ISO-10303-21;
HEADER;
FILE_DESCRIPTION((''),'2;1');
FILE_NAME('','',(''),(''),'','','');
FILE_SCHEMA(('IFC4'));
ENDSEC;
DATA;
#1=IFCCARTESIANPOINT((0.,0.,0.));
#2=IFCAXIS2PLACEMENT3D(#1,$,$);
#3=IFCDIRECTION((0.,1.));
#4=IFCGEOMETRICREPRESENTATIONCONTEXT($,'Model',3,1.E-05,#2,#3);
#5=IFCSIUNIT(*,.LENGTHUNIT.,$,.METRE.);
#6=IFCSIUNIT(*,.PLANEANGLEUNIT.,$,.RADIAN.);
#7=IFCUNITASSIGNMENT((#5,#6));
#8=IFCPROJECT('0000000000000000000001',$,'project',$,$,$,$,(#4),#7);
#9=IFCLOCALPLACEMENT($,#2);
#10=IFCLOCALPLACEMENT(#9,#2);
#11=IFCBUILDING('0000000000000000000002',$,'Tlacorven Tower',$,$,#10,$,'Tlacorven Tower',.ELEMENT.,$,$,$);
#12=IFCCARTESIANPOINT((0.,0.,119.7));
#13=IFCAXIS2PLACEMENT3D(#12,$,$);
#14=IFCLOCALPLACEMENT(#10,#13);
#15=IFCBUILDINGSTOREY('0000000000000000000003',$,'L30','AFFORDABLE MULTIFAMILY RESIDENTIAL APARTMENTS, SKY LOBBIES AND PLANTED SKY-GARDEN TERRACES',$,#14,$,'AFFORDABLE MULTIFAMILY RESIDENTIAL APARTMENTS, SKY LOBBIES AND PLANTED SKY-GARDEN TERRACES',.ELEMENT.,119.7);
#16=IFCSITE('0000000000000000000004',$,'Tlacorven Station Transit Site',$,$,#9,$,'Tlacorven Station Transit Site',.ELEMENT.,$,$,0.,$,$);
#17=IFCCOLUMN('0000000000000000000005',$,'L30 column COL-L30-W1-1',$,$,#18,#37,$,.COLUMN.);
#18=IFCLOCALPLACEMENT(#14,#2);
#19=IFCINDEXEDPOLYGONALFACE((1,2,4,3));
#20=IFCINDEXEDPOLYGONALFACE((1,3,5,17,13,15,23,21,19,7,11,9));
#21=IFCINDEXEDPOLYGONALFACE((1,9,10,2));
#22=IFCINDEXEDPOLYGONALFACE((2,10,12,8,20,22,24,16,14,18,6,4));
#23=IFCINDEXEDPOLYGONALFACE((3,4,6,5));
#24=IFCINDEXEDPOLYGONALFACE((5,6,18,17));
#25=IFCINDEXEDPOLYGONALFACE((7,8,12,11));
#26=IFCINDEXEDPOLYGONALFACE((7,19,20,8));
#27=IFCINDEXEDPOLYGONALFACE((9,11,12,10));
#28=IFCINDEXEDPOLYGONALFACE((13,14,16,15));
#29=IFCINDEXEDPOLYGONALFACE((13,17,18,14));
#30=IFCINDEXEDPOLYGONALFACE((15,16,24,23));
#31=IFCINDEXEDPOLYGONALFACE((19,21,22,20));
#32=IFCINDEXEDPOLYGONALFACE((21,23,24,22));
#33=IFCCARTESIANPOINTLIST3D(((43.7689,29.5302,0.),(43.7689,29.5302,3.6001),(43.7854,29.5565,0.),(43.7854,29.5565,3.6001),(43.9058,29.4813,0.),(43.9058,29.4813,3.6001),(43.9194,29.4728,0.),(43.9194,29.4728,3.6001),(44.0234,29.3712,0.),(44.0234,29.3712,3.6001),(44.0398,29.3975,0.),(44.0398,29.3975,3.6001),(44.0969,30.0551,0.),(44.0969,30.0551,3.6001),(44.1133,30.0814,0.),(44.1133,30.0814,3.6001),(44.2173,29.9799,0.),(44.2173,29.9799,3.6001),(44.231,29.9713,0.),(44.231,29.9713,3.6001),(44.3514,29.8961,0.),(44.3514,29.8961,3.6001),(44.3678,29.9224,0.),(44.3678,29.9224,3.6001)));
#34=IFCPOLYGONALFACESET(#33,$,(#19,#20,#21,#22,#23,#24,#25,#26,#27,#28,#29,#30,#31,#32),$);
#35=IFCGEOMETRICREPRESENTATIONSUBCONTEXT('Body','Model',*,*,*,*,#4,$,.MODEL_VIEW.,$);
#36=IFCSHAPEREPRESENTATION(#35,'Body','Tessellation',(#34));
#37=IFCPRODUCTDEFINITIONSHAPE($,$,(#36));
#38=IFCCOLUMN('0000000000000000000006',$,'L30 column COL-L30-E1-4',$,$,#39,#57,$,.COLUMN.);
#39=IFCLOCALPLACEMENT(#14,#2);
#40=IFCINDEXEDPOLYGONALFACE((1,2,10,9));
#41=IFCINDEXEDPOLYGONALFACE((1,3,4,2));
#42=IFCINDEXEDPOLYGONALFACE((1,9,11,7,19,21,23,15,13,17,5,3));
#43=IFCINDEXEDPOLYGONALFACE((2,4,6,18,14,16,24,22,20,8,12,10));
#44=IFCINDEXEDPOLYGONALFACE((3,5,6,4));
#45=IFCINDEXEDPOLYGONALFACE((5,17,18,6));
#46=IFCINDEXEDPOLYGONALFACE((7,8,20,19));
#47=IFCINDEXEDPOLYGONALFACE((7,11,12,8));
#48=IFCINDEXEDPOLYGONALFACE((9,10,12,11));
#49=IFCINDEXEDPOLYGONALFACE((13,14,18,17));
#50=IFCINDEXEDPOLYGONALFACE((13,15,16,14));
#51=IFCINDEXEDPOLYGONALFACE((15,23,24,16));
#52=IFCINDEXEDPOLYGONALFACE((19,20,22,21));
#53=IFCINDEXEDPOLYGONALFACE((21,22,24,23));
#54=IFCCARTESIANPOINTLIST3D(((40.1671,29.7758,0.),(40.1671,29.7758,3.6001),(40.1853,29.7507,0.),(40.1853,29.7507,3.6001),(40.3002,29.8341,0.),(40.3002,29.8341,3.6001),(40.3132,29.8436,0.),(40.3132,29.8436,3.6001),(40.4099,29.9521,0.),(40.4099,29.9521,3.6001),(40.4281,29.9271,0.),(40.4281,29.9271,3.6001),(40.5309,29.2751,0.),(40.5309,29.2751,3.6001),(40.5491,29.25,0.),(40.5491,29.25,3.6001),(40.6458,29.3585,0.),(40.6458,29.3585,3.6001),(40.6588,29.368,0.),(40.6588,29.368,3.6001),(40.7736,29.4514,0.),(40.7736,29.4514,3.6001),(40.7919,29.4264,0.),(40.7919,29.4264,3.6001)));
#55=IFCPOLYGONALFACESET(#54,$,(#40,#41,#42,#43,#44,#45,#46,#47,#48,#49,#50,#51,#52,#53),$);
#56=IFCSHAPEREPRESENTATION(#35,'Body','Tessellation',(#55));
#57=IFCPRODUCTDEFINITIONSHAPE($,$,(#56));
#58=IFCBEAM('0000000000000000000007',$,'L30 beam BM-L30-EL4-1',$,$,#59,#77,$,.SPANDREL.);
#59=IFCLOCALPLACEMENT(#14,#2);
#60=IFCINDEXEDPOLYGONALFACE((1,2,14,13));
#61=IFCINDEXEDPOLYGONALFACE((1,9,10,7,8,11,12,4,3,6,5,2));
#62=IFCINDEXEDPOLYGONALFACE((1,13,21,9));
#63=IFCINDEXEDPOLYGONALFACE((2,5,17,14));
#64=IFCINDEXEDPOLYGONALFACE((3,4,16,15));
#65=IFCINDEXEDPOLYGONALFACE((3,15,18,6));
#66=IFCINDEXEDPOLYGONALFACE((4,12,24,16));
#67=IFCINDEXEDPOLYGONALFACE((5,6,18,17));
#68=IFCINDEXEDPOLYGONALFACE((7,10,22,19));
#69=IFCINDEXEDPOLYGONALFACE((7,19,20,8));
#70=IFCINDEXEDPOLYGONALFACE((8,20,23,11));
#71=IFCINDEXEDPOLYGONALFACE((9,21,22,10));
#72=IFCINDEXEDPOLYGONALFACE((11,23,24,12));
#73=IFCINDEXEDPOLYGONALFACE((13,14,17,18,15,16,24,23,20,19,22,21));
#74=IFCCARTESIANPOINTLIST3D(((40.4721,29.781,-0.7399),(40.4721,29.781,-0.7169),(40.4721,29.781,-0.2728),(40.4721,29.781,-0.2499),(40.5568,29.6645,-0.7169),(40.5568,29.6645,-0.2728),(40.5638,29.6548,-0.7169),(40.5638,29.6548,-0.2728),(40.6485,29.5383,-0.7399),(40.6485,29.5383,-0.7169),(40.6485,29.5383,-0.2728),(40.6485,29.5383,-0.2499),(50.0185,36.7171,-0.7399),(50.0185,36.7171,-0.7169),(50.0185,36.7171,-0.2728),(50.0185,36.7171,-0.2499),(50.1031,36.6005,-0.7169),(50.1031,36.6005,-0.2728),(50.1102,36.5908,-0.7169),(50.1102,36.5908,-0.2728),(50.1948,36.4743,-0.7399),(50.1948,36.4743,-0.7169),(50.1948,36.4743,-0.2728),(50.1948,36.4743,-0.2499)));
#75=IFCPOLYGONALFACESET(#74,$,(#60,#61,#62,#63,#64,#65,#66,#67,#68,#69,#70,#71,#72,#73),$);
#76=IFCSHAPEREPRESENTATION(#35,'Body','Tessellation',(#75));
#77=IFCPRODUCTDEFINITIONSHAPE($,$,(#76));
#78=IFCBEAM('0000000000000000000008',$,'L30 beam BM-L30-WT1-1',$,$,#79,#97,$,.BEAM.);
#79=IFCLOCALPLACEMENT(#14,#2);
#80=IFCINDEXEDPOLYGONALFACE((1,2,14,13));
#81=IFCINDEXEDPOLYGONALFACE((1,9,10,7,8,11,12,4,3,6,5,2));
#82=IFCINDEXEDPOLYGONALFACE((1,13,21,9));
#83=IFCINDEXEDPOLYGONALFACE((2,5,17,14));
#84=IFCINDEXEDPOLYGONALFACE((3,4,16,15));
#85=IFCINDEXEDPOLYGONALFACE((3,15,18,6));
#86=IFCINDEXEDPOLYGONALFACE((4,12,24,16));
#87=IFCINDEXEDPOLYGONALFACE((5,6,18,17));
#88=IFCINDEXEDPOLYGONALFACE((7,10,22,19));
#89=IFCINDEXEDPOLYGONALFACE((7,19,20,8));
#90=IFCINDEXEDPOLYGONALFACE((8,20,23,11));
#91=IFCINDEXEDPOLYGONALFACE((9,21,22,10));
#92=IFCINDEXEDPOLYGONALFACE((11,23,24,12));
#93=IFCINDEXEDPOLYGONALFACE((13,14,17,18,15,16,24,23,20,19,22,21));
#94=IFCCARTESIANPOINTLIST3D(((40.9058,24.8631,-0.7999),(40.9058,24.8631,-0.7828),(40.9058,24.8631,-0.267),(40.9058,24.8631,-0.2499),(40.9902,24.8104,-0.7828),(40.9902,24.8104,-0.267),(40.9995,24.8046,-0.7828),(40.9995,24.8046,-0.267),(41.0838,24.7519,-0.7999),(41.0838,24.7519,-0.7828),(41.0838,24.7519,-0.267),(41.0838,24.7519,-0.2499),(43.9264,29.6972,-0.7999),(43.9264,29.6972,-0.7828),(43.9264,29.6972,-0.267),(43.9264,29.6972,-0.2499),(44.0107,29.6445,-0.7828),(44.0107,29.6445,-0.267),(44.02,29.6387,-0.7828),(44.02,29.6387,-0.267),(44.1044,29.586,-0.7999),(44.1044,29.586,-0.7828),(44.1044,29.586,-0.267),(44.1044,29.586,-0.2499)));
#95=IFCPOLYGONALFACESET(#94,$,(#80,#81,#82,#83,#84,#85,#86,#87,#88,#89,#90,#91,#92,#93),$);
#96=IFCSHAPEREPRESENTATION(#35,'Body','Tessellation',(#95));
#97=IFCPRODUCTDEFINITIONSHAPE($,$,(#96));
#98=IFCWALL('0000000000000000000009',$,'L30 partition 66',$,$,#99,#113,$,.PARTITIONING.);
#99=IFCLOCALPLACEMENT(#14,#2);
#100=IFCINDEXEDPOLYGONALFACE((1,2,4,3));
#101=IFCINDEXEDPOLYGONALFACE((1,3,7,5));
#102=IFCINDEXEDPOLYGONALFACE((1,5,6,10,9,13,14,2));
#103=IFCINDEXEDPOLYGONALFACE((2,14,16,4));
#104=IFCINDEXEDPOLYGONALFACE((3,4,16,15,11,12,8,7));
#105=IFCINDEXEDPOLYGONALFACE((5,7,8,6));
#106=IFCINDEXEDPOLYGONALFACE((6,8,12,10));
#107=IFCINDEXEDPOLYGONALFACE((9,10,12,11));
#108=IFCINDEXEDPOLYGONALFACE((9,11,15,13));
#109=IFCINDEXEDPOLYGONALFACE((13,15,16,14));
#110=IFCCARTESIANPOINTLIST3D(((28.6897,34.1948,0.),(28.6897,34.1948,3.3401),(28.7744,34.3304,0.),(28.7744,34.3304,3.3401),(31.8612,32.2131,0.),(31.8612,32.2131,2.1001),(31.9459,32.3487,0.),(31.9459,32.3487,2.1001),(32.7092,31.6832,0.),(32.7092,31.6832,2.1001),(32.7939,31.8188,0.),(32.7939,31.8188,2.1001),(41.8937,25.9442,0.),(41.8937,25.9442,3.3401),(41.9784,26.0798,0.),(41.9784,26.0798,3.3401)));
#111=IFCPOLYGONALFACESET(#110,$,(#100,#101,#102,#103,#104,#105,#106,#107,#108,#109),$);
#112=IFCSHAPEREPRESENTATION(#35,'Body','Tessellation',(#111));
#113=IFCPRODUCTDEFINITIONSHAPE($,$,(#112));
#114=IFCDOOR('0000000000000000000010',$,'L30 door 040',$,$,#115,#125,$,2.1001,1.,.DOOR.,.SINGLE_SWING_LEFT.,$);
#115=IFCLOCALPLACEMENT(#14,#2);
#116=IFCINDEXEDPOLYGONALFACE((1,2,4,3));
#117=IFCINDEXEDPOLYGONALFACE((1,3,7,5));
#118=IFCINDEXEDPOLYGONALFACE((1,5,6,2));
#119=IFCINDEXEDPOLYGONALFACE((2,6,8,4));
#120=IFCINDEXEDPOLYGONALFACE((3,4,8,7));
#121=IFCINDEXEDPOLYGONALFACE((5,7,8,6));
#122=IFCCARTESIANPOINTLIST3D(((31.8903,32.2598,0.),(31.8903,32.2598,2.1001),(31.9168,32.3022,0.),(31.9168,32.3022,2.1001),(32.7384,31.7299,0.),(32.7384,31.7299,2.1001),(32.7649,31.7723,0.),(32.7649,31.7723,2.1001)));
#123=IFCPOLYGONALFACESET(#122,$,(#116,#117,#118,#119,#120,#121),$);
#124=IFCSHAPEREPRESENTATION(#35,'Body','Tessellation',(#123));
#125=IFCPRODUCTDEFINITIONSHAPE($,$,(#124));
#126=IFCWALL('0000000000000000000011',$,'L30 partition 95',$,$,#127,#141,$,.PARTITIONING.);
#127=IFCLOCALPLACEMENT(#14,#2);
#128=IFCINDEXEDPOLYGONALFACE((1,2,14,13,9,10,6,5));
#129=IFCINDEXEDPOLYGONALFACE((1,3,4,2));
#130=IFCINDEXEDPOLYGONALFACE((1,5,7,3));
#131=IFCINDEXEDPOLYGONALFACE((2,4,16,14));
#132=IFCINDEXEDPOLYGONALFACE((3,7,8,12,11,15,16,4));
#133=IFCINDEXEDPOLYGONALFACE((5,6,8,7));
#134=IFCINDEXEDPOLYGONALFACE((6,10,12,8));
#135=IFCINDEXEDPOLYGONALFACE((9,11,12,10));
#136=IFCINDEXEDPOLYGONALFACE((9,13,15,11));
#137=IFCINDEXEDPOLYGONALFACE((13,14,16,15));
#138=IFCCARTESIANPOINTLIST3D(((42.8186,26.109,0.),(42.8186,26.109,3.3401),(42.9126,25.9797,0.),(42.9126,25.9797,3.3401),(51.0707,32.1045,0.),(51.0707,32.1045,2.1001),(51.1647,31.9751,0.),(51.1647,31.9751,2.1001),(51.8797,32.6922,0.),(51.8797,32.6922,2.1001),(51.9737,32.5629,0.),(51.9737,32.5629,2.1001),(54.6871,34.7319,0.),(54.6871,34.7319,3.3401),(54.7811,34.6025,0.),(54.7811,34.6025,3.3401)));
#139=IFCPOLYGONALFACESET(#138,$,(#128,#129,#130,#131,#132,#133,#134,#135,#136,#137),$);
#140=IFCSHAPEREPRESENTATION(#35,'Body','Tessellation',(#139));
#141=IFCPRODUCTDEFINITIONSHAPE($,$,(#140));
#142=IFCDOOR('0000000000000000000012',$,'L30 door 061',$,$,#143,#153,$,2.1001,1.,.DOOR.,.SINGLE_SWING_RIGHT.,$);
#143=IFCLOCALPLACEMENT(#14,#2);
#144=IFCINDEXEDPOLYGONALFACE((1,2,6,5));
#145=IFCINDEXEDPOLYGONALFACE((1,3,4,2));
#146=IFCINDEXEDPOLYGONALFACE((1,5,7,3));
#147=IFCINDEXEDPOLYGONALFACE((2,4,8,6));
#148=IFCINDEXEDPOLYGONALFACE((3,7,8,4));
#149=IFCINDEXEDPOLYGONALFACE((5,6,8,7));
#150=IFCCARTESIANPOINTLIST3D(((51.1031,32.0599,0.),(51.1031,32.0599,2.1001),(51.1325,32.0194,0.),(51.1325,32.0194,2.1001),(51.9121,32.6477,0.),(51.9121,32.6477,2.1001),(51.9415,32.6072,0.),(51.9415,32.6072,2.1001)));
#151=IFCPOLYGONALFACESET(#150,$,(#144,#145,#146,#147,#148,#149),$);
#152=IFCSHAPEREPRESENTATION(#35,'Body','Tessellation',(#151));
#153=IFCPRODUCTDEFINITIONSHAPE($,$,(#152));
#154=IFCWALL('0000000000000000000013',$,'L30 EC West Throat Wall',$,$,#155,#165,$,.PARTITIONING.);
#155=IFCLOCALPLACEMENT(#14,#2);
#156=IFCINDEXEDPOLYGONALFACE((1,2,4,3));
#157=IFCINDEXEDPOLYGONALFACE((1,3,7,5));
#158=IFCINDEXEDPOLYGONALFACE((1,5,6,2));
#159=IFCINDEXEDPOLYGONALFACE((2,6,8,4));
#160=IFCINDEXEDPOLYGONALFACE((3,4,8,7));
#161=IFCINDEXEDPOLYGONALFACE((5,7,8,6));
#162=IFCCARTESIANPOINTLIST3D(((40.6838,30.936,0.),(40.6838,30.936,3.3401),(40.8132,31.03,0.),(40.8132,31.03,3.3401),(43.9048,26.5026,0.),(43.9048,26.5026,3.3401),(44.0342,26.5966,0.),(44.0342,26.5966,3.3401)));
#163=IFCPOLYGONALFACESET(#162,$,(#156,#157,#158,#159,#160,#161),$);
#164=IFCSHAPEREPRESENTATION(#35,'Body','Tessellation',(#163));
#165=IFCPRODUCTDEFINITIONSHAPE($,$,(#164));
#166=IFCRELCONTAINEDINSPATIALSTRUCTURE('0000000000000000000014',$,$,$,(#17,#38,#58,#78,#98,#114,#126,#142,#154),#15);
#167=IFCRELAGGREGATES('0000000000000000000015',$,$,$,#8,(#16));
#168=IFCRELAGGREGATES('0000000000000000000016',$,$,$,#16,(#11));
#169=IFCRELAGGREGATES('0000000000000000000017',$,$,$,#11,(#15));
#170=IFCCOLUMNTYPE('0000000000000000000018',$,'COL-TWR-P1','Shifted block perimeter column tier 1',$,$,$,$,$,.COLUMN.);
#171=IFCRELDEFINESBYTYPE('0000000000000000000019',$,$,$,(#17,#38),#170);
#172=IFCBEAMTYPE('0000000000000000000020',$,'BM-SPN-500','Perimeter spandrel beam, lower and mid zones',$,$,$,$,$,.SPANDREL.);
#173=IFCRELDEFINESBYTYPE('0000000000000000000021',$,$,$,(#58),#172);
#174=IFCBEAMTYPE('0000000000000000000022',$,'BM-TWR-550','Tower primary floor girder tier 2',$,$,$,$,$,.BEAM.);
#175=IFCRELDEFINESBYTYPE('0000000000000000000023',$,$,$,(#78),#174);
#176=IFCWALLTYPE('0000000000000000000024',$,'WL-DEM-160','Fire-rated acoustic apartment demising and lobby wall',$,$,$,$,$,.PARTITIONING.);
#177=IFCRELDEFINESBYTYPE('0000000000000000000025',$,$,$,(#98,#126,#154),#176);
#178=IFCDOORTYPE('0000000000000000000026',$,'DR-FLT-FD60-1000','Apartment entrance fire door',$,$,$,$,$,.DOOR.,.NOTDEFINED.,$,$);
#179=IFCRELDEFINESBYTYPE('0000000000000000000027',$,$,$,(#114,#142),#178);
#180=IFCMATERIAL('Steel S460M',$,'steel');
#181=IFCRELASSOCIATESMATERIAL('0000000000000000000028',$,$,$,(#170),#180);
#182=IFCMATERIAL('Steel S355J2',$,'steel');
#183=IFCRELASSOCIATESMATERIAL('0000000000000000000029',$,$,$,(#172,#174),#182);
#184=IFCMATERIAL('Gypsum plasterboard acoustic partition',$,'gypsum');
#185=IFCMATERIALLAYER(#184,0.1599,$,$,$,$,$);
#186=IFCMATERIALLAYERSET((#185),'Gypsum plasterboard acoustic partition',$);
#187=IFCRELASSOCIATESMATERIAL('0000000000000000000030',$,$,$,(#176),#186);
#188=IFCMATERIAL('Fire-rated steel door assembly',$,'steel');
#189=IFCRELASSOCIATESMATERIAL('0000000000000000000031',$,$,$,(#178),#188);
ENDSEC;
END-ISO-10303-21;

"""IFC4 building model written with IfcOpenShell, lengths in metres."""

from ifc_helpers import new_model, si_unit, direction, frame, frame_2d, origin, origin_2d, place, context, subcontext, project, spatial, rectangle, i_section, extrude, source, transform, mapped, material, layer, layer_set, material_profile, profile_set, type_object, element, fill, save


model = new_model("IFC4")

# Units and contexts
model_context = context("Model", 3, precision=1e-05, world=origin(), true_north=direction((0.0, 1.0)))
body_context = subcontext(model_context, "Body", "Model", "MODEL_VIEW")
ifc_project = project(units=[si_unit("LENGTHUNIT", "METRE"), si_unit("PLANEANGLEUNIT", "RADIAN")], contexts=[model_context])

# Site, building, storey
site_placement = place(None, origin())
site = spatial("IfcSite", under=ifc_project, at=site_placement, Name="Tlacorven Station Transit Site", LongName="Tlacorven Station Transit Site", CompositionType="ELEMENT", RefElevation=0.0)
building_placement = place(site_placement, origin())
building = spatial("IfcBuilding", under=site, at=building_placement, Name="Tlacorven Tower", LongName="Tlacorven Tower", CompositionType="ELEMENT")
storey_placement = place(building_placement, frame((0.0, 0.0, 119.7)))
storey = spatial("IfcBuildingStorey", under=building, at=storey_placement, Name="L30", Description="AFFORDABLE MULTIFAMILY RESIDENTIAL APARTMENTS, SKY LOBBIES AND PLANTED SKY-GARDEN TERRACES", LongName="AFFORDABLE MULTIFAMILY RESIDENTIAL APARTMENTS, SKY LOBBIES AND PLANTED SKY-GARDEN TERRACES", CompositionType="ELEMENT", Elevation=119.7)

# Columns
ifc_material_1 = material(Name="Steel S460M", Category="steel")
ifc_material_profile_1 = material_profile(ifc_material_1, i_section(OverallWidth=0.3, OverallDepth=0.6499, WebThickness=0.0161, FlangeThickness=0.031, at=origin_2d()), Name="HEB 650")
ifc_profile_set_1 = profile_set([ifc_material_profile_1], Name="Steel S460M")
column_type = type_object("IfcColumnType", Name="COL-TWR-P1", Description="Shifted block perimeter column tier 1", PredefinedType="COLUMN", material=ifc_profile_set_1)
shared_shape_1 = source(origin(), body_context, "Body", "SweptSolid", [
    extrude(i_section(OverallWidth=0.3, OverallDepth=0.6499, WebThickness=0.0161, FlangeThickness=0.031, at=origin_2d()), origin(), (0.0, 0.0, 1.0), 3.6001),
])
for number, where, z_axis, x_axis, name in (
    (1, (44.0684, 29.7263, 0.0), (0.0, 0.0, 1.0), (-0.848048, 0.529919, 0.0), "L30 column COL-L30-W1-1"),
    (2, (40.4795, 29.6011, 0.0), (0.0, 0.0, 1.0), (0.809017, 0.587785, 0.0), "L30 column COL-L30-E1-4"),
):
    element("IfcColumn", number, at=place(storey_placement, frame(where, z_axis=z_axis, x_axis=x_axis)), inside=storey, type_object=column_type, Name=name, PredefinedType="COLUMN", context=body_context, shape_type="MappedRepresentation", body=[
        mapped(shared_shape_1, transform((0.0, 0.0, 0.0), scale=1.0)),
    ])

# Beams
ifc_material_2 = material(Name="Steel S355J2", Category="steel")
ifc_material_profile_2 = material_profile(ifc_material_2, i_section(OverallWidth=0.3, OverallDepth=0.49, WebThickness=0.012, FlangeThickness=0.0229, at=origin_2d()), Name="HEA 500")
ifc_profile_set_2 = profile_set([ifc_material_profile_2], Name="Steel S355J2")
beam_type_1 = type_object("IfcBeamType", Name="BM-SPN-500", Description="Perimeter spandrel beam, lower and mid zones", PredefinedType="SPANDREL", material=ifc_profile_set_2)
shared_shape_2 = source(origin(), body_context, "Body", "SweptSolid", [
    extrude(i_section(OverallWidth=0.3, OverallDepth=0.49, WebThickness=0.012, FlangeThickness=0.0229, at=origin_2d()), origin(), (0.0, 0.0, 1.0), 11.8),
])
beam_1_placement = place(storey_placement, frame((40.5603, 29.6597, -0.4949), z_axis=(0.80901, 0.587795, 0.0), x_axis=(-0.587795, 0.80901, 0.0)))
element("IfcBeam", 3, at=beam_1_placement, inside=storey, type_object=beam_type_1, Name="L30 beam BM-L30-EL4-1", PredefinedType="SPANDREL", context=body_context, shape_type="MappedRepresentation", body=[
    mapped(shared_shape_2, transform((0.0, 0.0, 0.0), scale=1.0)),
])
ifc_material_profile_3 = material_profile(ifc_material_2, i_section(OverallWidth=0.21, OverallDepth=0.55, WebThickness=0.011, FlangeThickness=0.0171, at=origin_2d()), Name="IPE 550")
ifc_profile_set_3 = profile_set([ifc_material_profile_3], Name="Steel S355J2")
beam_type_2 = type_object("IfcBeamType", Name="BM-TWR-550", Description="Tower primary floor girder tier 2", PredefinedType="BEAM", material=ifc_profile_set_3)
shared_shape_3 = source(origin(), body_context, "Body", "SweptSolid", [
    extrude(i_section(OverallWidth=0.21, OverallDepth=0.55, WebThickness=0.011, FlangeThickness=0.0171, at=origin_2d()), origin(), (0.0, 0.0, 1.0), 5.7002),
])
beam_2_placement = place(storey_placement, frame((44.0154, 29.6416, -0.5249), z_axis=(-0.529907, -0.848056, 0.0), x_axis=(0.848056, -0.529907, 0.0)))
element("IfcBeam", 4, at=beam_2_placement, inside=storey, type_object=beam_type_2, Name="L30 beam BM-L30-WT1-1", PredefinedType="BEAM", context=body_context, shape_type="MappedRepresentation", body=[
    mapped(shared_shape_3, transform((0.0, 0.0, 0.0), scale=1.0)),
])

# Walls, openings, doors
ifc_material_3 = material(Name="Gypsum plasterboard acoustic partition", Category="gypsum")
ifc_layer_1 = layer(ifc_material_3, 0.1599)
ifc_layer_set_1 = layer_set([ifc_layer_1], Name="Gypsum plasterboard acoustic partition")
wall_type_1 = type_object("IfcWallType", Name="WL-DEM-160", Description="Fire-rated acoustic apartment demising and lobby wall", PredefinedType="PARTITIONING", material=ifc_layer_set_1)
wall_1_placement = place(storey_placement, frame((41.936, 26.012, 0.0), z_axis=(0.0, 0.0, 1.0), x_axis=(-0.848051, 0.529914, 0.0)))
wall_1 = element("IfcWall", 5, at=wall_1_placement, inside=storey, type_object=wall_type_1, Name="L30 partition 66", PredefinedType="PARTITIONING", context=body_context, shape_type="SweptSolid", body=[
    extrude(rectangle(XDim=15.5698, YDim=0.1599, at=frame_2d((7.7849, 0.0))), origin(), (0.0, 0.0, 1.0), 3.3401),
])
opening_1_placement = place(wall_1_placement, frame((10.8301, 0.0, 0.0)))
opening_1 = element("IfcOpeningElement", 6, at=opening_1_placement, cuts=wall_1, PredefinedType="OPENING", context=body_context, shape_type="SweptSolid", body=[
    extrude(rectangle(XDim=1.0, YDim=2.1001, at=frame_2d((0.5, 1.05))), frame((0.0, 0.0898, 0.0), z_axis=(0.0, -1.0, 0.0), x_axis=(1.0, 0.0, 0.0)), (0.0, 0.0, 1.0), 0.1799),
])
ifc_material_4 = material(Name="Fire-rated steel door assembly", Category="steel")
door_type_1 = type_object("IfcDoorType", Name="DR-FLT-FD60-1000", Description="Apartment entrance fire door", OperationType="NOTDEFINED", PredefinedType="DOOR", material=ifc_material_4)
shared_shape_4 = source(origin(), body_context, "Body", "SweptSolid", [
    extrude(rectangle(XDim=1.0, YDim=2.1001, at=frame_2d((0.5, 1.05))), frame((0.0, 0.0249, 0.0), z_axis=(0.0, -1.0, 0.0), x_axis=(1.0, 0.0, 0.0)), (0.0, 0.0, 1.0), 0.05),
])
door_1_placement = place(opening_1_placement, origin())
door_1 = element("IfcDoor", 7, at=door_1_placement, inside=storey, type_object=door_type_1, Name="L30 door 040", OperationType="SINGLE_SWING_LEFT", OverallHeight=2.1001, OverallWidth=1.0, PredefinedType="DOOR", context=body_context, shape_type="MappedRepresentation", body=[
    mapped(shared_shape_4, transform((0.0, 0.0, 0.0), scale=1.0)),
])
fill(opening_1, door_1)
wall_2_placement = place(storey_placement, frame((42.8657, 26.0444, 0.0), z_axis=(0.0, 0.0, 1.0), x_axis=(0.80902, 0.587781, 0.0)))
wall_2 = element("IfcWall", 8, at=wall_2_placement, inside=storey, type_object=wall_type_1, Name="L30 partition 95", PredefinedType="PARTITIONING", context=body_context, shape_type="SweptSolid", body=[
    extrude(rectangle(XDim=14.6702, YDim=0.1599, at=frame_2d((7.335, 0.0))), origin(), (0.0, 0.0, 1.0), 3.3401),
])
opening_2_placement = place(wall_2_placement, frame((10.2, 0.0, 0.0)))
opening_2 = element("IfcOpeningElement", 9, at=opening_2_placement, cuts=wall_2, PredefinedType="OPENING", context=body_context, shape_type="SweptSolid", body=[
    extrude(rectangle(XDim=1.0, YDim=2.1001, at=frame_2d((0.5, 1.05))), frame((0.0, 0.0898, 0.0), z_axis=(0.0, -1.0, 0.0), x_axis=(1.0, 0.0, 0.0)), (0.0, 0.0, 1.0), 0.1799),
])
door_2_placement = place(opening_2_placement, origin())
door_2 = element("IfcDoor", 10, at=door_2_placement, inside=storey, type_object=door_type_1, Name="L30 door 061", OperationType="SINGLE_SWING_RIGHT", OverallHeight=2.1001, OverallWidth=1.0, PredefinedType="DOOR", context=body_context, shape_type="MappedRepresentation", body=[
    mapped(shared_shape_4, transform((0.0, 0.0, 0.0), scale=1.0)),
])
fill(opening_2, door_2)

# Wall
wall_3_placement = place(storey_placement, frame((43.9695, 26.5496, 0.0), z_axis=(0.0, 0.0, 1.0), x_axis=(-0.587777, 0.809023, 0.0)))
element("IfcWall", 11, at=wall_3_placement, inside=storey, type_object=wall_type_1, Name="L30 EC West Throat Wall", PredefinedType="PARTITIONING", context=body_context, shape_type="SweptSolid", body=[
    extrude(rectangle(XDim=5.48, YDim=0.1599, at=frame_2d((2.74, 0.0))), origin(), (0.0, 0.0, 1.0), 3.3401),
])

save(model, "model.ifc")
